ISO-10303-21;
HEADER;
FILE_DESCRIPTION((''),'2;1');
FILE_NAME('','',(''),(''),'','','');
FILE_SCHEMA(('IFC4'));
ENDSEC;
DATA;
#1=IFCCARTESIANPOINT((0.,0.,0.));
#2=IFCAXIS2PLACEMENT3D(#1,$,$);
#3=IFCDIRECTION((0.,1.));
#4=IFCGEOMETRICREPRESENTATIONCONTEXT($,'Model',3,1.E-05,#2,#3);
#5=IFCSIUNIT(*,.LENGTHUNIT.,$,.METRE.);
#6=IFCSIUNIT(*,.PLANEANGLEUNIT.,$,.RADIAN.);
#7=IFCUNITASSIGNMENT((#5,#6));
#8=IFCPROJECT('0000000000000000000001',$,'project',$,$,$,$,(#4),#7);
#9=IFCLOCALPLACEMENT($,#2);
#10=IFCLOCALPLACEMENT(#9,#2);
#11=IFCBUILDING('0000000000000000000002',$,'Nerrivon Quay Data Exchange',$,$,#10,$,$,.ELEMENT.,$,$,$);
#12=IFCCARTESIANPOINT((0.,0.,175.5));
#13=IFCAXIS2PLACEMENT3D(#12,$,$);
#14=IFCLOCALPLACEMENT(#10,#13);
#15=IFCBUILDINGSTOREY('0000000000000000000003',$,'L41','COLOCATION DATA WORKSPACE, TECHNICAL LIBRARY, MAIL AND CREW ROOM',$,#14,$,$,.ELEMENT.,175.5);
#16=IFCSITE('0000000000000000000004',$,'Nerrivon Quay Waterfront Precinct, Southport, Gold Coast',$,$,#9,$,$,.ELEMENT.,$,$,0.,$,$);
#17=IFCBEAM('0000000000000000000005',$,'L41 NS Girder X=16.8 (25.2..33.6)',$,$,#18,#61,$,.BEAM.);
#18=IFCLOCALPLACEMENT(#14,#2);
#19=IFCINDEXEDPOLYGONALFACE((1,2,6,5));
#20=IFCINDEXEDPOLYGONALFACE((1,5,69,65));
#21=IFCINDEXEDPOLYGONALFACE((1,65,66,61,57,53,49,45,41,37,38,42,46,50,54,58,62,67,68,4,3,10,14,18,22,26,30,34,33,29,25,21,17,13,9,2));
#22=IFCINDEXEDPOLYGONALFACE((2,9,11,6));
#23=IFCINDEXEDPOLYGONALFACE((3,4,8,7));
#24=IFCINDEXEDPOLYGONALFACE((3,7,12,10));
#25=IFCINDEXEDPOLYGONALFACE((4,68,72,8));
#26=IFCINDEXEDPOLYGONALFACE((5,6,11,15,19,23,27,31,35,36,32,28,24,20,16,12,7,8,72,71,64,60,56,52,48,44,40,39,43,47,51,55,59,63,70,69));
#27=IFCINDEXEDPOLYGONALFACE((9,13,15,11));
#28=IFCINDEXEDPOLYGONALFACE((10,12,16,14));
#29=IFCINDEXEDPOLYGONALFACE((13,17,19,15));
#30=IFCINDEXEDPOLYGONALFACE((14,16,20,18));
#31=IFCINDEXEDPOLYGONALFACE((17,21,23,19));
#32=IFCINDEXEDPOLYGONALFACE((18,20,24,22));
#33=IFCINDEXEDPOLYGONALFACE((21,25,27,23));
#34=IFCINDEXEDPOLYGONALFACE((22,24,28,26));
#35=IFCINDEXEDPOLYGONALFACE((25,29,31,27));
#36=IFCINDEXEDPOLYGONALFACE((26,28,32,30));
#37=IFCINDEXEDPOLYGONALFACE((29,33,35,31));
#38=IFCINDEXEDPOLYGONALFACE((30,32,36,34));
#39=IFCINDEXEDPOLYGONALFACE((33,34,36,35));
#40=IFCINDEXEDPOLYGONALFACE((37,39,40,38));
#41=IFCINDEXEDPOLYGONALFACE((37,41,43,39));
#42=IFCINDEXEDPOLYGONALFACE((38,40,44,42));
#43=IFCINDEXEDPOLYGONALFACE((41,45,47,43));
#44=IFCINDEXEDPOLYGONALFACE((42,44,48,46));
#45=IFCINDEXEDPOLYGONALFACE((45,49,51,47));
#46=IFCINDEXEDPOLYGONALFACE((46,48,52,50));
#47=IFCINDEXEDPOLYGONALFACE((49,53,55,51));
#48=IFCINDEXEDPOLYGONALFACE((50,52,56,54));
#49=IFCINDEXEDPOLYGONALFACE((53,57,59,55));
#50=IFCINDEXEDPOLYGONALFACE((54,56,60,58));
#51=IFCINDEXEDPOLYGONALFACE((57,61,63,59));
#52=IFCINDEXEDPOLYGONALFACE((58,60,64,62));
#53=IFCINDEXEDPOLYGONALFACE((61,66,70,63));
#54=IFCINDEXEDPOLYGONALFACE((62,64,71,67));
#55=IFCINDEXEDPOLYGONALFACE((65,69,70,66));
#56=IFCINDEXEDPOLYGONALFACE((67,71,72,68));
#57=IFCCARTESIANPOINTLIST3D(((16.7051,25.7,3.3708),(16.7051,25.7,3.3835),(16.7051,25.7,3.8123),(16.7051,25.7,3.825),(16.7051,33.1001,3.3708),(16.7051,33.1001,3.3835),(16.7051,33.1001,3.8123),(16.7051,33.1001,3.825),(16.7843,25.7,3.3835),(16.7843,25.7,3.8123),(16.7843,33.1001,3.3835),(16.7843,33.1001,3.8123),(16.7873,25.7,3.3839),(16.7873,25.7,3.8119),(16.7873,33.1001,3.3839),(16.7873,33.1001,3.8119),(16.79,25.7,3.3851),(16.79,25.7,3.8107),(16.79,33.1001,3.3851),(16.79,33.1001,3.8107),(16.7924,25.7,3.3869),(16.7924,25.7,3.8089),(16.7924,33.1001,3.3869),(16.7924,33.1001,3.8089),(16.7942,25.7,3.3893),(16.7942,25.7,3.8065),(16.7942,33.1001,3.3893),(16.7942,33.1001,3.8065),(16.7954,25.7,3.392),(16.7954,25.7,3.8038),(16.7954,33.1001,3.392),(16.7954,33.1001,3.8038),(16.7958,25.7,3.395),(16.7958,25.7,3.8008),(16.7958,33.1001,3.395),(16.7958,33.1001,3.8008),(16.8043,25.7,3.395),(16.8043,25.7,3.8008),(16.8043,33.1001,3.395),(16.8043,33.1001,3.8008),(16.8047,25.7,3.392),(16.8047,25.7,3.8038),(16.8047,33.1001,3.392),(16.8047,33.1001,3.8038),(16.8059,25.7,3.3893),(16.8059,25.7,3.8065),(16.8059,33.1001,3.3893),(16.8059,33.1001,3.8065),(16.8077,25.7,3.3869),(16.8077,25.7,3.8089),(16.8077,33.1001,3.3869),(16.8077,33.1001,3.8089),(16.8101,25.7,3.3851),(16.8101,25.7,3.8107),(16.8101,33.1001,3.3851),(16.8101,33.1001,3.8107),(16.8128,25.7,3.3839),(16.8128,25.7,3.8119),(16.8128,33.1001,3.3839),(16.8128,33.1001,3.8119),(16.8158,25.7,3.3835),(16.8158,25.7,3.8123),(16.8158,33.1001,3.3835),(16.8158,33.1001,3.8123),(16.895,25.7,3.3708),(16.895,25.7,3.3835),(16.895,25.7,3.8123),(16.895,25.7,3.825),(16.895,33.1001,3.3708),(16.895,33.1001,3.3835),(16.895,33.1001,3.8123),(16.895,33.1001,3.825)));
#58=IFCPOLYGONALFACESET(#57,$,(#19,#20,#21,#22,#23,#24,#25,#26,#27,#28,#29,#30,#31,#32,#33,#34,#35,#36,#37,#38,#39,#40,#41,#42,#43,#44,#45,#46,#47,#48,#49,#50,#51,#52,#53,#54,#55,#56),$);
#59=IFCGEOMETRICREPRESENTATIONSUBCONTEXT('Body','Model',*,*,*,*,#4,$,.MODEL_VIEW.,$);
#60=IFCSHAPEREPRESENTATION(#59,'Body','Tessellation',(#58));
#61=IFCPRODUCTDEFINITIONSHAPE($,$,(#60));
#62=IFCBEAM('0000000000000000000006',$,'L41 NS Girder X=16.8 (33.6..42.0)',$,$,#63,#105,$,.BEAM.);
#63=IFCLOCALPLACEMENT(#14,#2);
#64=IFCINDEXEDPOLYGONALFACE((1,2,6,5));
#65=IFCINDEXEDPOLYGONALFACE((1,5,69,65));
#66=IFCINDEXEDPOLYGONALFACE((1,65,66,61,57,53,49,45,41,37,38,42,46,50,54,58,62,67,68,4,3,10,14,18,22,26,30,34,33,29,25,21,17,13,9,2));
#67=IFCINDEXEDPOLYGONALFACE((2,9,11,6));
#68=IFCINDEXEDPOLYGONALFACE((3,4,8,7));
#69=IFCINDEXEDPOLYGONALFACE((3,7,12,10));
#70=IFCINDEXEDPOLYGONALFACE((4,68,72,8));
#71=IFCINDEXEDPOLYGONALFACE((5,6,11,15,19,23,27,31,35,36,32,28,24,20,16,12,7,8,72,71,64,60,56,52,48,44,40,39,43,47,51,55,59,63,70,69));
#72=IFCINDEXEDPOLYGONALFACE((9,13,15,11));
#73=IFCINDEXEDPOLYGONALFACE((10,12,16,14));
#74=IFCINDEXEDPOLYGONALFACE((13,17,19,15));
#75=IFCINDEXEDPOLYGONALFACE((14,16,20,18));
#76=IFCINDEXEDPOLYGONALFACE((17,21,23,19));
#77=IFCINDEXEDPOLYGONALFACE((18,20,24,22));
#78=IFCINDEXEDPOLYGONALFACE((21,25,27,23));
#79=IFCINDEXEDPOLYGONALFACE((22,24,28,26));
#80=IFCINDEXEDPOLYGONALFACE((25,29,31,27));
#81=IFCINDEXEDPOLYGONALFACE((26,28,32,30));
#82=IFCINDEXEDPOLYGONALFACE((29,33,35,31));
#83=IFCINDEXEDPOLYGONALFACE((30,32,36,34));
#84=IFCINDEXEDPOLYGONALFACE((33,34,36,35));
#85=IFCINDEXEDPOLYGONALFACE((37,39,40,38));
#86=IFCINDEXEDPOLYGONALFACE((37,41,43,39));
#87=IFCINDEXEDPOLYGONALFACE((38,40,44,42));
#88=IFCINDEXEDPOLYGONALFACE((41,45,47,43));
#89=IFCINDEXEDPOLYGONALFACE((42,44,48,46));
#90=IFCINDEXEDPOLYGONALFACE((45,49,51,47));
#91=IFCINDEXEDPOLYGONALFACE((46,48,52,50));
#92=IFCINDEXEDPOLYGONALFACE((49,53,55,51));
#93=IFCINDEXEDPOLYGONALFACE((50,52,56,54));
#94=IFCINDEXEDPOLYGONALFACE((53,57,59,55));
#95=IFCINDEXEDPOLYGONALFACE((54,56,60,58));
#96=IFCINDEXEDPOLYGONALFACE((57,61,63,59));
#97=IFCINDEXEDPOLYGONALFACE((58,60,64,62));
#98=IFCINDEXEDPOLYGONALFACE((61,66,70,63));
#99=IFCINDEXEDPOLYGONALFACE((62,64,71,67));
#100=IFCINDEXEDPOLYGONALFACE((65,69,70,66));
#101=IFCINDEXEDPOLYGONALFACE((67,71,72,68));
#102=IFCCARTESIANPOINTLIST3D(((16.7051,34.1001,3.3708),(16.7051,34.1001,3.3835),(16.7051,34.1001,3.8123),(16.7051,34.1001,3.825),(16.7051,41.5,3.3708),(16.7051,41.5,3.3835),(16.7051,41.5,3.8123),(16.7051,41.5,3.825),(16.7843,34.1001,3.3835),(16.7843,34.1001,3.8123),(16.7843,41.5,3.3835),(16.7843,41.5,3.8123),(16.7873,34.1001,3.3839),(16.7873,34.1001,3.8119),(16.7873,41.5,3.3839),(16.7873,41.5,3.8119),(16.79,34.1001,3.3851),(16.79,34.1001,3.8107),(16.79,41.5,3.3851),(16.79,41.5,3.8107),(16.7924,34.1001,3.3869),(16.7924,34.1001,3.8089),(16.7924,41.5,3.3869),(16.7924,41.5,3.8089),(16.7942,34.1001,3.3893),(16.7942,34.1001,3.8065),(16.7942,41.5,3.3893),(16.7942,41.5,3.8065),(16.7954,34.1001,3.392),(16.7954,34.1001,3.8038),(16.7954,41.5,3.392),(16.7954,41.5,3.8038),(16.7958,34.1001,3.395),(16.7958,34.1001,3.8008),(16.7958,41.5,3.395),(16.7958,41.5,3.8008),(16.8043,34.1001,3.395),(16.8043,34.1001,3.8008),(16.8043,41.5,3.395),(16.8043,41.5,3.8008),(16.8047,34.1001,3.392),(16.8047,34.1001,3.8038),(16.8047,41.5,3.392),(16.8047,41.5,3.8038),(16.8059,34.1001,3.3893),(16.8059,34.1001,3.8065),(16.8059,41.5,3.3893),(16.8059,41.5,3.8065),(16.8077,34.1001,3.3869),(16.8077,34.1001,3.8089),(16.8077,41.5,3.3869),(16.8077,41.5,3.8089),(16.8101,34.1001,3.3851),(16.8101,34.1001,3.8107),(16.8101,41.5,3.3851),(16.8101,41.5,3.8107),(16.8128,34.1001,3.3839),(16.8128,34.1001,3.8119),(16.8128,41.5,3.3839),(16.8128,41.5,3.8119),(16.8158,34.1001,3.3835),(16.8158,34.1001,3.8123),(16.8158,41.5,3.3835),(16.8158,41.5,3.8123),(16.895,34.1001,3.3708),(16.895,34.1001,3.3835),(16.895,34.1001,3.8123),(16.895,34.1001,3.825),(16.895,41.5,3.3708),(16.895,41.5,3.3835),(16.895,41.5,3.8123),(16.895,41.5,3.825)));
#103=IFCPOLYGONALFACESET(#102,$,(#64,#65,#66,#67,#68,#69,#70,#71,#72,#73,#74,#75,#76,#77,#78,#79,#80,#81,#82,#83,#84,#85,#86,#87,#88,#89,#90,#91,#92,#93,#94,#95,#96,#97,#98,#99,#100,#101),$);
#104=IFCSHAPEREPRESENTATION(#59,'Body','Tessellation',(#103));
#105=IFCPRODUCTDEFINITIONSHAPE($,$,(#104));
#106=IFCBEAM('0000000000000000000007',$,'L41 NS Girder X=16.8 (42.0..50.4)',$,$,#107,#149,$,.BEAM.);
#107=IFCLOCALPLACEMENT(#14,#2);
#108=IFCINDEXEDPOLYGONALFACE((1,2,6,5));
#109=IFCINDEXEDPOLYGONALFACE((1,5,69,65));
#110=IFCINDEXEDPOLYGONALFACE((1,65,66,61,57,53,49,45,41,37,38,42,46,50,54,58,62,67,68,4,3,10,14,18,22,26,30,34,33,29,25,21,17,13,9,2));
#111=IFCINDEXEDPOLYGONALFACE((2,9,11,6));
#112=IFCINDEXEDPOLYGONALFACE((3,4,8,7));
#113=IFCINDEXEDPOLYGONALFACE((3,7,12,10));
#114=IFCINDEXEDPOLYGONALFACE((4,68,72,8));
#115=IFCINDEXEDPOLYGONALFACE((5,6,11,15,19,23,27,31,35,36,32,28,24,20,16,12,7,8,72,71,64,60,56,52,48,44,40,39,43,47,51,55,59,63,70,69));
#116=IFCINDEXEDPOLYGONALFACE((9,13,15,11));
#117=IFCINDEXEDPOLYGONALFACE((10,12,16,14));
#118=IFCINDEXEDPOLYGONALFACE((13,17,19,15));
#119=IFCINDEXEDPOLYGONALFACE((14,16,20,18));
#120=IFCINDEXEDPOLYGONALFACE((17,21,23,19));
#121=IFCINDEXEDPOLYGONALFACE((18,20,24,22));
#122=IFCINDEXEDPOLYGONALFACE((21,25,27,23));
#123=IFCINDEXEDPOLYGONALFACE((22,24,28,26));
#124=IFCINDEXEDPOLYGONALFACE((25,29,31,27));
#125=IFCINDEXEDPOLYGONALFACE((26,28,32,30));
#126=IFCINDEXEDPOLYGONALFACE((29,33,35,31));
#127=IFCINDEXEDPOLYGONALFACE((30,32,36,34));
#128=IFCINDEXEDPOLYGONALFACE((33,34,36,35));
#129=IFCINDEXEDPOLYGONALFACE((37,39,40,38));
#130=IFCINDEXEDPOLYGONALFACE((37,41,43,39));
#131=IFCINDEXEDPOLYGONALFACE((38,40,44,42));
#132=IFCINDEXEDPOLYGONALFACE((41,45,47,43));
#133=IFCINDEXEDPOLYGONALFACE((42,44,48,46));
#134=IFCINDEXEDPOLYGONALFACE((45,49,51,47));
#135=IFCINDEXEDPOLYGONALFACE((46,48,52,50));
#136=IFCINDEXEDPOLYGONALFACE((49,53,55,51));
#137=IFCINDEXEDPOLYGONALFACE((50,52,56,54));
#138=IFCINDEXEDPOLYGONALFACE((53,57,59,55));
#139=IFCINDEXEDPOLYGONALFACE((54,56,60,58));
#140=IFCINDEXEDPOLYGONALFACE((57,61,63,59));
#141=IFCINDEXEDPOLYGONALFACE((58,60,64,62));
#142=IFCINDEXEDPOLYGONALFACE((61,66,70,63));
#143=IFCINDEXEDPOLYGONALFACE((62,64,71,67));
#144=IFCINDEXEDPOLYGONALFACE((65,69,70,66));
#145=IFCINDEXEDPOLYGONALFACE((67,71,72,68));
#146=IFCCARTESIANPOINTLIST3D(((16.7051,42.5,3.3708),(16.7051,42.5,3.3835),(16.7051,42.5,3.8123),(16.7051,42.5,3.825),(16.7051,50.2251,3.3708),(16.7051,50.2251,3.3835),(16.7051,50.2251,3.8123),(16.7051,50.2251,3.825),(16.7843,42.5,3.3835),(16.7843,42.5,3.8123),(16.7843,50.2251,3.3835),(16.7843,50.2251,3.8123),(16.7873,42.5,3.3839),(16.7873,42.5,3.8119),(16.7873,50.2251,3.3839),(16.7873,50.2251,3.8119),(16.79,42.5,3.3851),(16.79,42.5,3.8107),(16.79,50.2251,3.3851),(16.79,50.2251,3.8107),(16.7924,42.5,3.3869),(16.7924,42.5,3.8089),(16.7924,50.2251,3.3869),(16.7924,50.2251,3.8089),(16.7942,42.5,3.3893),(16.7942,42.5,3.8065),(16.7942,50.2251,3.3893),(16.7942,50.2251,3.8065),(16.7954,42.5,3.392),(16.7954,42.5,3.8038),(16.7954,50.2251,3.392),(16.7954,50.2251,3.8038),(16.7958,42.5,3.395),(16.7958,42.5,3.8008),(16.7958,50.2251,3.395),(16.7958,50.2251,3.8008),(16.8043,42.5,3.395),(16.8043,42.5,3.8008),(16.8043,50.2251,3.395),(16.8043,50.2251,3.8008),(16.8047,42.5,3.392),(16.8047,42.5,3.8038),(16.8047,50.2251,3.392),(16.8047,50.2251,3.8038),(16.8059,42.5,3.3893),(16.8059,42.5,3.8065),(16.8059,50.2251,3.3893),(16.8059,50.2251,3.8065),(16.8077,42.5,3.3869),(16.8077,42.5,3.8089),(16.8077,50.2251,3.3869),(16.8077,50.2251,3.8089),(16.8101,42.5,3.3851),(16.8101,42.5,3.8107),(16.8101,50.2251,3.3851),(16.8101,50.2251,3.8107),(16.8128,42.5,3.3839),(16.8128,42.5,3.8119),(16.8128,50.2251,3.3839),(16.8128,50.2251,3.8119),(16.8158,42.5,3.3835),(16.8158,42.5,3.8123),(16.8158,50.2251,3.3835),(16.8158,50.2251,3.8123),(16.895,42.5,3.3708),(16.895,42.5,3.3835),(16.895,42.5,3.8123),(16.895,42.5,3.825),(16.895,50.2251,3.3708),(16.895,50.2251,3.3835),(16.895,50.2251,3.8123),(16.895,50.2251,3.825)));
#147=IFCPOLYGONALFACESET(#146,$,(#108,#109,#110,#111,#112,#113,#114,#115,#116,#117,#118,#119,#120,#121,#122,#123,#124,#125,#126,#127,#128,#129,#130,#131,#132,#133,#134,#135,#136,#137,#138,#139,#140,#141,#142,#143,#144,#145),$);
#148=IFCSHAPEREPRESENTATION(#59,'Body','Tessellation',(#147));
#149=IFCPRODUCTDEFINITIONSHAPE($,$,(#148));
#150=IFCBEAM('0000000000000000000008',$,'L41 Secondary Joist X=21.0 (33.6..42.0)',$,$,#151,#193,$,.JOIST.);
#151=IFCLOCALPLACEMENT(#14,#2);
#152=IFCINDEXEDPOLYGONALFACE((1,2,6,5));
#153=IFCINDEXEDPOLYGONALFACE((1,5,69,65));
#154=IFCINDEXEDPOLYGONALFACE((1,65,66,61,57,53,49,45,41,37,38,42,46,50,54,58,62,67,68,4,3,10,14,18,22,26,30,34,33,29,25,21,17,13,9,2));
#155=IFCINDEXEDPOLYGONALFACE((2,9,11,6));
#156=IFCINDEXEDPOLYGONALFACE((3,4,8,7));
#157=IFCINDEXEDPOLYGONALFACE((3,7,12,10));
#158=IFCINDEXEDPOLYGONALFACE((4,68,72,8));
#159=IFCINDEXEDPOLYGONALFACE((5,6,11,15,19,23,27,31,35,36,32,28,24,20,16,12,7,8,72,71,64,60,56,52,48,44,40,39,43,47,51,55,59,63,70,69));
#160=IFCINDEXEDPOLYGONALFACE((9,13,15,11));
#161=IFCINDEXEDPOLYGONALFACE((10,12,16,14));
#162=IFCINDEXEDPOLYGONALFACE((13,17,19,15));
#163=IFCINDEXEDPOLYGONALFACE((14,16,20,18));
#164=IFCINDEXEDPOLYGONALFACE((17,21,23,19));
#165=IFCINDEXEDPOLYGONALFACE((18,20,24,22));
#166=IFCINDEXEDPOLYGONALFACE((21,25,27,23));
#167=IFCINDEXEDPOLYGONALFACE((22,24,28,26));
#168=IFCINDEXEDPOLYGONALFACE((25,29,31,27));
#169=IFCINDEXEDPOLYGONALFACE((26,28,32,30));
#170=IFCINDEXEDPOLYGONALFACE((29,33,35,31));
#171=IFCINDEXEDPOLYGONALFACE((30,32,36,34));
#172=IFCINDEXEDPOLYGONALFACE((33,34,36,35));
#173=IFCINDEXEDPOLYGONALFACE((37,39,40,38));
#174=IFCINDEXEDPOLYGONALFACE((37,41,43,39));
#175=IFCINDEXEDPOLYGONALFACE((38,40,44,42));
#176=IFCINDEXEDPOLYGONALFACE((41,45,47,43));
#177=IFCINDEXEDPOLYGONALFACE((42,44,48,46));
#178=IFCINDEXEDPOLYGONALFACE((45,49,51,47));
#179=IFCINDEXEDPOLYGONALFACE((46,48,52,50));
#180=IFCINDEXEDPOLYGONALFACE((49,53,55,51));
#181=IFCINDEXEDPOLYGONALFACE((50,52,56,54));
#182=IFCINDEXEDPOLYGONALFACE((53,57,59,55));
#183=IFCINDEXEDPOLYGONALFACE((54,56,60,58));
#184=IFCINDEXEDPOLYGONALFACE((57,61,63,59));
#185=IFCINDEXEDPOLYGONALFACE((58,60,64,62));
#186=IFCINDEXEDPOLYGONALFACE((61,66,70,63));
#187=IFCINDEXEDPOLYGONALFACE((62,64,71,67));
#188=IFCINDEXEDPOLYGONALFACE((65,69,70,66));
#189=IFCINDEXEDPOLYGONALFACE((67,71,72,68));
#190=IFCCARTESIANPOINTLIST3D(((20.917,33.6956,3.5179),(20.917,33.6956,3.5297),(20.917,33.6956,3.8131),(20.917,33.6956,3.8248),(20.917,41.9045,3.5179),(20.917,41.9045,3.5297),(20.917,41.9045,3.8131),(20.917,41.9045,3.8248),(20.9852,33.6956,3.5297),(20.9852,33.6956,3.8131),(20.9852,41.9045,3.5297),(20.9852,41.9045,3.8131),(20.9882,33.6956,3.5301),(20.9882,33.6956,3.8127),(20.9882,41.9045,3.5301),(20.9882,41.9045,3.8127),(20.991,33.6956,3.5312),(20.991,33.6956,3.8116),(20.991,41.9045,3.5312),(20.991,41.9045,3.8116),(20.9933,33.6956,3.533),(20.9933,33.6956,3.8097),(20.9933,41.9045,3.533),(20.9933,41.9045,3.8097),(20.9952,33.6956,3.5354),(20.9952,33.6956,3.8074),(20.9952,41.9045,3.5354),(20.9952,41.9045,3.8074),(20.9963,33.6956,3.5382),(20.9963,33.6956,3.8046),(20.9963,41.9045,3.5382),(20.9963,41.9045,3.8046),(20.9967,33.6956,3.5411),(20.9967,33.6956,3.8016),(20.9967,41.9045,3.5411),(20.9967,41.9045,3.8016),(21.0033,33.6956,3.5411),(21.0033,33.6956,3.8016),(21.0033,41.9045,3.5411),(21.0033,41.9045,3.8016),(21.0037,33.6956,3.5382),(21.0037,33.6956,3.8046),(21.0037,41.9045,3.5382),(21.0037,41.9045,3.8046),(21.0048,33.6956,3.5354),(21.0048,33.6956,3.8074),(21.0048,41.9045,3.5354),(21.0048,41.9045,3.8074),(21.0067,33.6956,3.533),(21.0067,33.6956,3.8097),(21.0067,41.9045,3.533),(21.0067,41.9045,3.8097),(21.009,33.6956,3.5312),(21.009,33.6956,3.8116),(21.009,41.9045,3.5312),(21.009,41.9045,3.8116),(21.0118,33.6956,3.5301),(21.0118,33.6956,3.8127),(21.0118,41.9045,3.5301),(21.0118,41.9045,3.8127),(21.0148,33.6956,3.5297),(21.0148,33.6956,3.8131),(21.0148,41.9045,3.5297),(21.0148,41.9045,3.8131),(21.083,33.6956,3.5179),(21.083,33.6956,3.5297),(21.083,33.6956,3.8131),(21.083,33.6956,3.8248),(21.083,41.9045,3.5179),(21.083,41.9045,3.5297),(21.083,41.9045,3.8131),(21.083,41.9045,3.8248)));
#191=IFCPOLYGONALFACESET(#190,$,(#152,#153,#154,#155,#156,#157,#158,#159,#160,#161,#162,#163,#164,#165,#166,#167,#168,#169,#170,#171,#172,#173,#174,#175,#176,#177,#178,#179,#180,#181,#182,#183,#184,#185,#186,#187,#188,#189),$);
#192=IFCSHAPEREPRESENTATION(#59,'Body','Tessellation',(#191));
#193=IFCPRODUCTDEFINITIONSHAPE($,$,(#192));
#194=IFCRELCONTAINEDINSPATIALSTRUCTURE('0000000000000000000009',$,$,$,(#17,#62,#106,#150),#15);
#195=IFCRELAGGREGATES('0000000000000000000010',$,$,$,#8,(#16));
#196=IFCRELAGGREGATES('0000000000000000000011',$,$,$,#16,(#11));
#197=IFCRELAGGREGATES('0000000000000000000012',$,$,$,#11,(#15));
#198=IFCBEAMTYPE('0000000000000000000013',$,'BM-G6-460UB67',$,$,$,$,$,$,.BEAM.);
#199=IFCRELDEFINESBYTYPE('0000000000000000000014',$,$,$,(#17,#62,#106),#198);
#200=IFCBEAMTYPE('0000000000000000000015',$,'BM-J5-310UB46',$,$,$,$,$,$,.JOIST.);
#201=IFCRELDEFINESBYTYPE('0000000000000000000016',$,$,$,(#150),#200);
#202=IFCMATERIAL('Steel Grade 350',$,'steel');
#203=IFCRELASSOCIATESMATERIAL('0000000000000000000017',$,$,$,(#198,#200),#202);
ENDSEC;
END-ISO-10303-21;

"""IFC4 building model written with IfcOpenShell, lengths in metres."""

from ifc_helpers import new_model, si_unit, direction, frame, origin, origin_2d, place, context, subcontext, project, spatial, i_section, extrude, material, material_profile, profile_set, type_object, element, save


model = new_model("IFC4")

# Units and contexts
model_context = context("Model", 3, precision=1e-05, world=origin(), true_north=direction((0.0, 1.0)))
body_context = subcontext(model_context, "Body", "Model", "MODEL_VIEW")
ifc_project = project(units=[si_unit("LENGTHUNIT", "METRE"), si_unit("PLANEANGLEUNIT", "RADIAN")], contexts=[model_context])

# Site, building, storey
site_placement = place(None, origin())
site = spatial("IfcSite", under=ifc_project, at=site_placement, Name="Nerrivon Quay Waterfront Precinct, Southport, Gold Coast", CompositionType="ELEMENT", RefElevation=0.0)
building_placement = place(site_placement, origin())
building = spatial("IfcBuilding", under=site, at=building_placement, Name="Nerrivon Quay Data Exchange", CompositionType="ELEMENT")
storey_placement = place(building_placement, frame((0.0, 0.0, 175.5)))
storey = spatial("IfcBuildingStorey", under=building, at=storey_placement, Name="L41", Description="COLOCATION DATA WORKSPACE, TECHNICAL LIBRARY, MAIL AND CREW ROOM", CompositionType="ELEMENT", Elevation=175.5)

# Shared definitions
ifc_material_1 = material(Name="Steel Grade 350", Category="steel")

# Beams
ifc_material_profile_1 = material_profile(ifc_material_1, i_section(OverallWidth=0.1899, OverallDepth=0.4541, WebThickness=0.0085, FlangeThickness=0.0127, FilletRadius=0.0115, at=origin_2d()), Name="460UB67.1")
ifc_profile_set_1 = profile_set([ifc_material_profile_1], Name="Steel Grade 350")
beam_type_1 = type_object("IfcBeamType", Name="BM-G6-460UB67", PredefinedType="BEAM", material=ifc_profile_set_1)
beam_1_placement = place(storey_placement, frame((16.8, 25.7, 3.5979), z_axis=(0.0, 1.0, 0.0), x_axis=(-1.0, 0.0, 0.0)))
element("IfcBeam", 1, at=beam_1_placement, inside=storey, type_object=beam_type_1, Name="L41 NS Girder X=16.8 (25.2..33.6)", PredefinedType="BEAM", context=body_context, shape_type="SweptSolid", body=[
    extrude(i_section(OverallWidth=0.1899, OverallDepth=0.4541, WebThickness=0.0085, FlangeThickness=0.0127, FilletRadius=0.0115, at=origin_2d()), origin(), (0.0, 0.0, 1.0), 7.4001),
])
beam_2_placement = place(storey_placement, frame((16.8, 34.1001, 3.5979), z_axis=(0.0, 1.0, 0.0), x_axis=(-1.0, 0.0, 0.0)))
element("IfcBeam", 2, at=beam_2_placement, inside=storey, type_object=beam_type_1, Name="L41 NS Girder X=16.8 (33.6..42.0)", PredefinedType="BEAM", context=body_context, shape_type="SweptSolid", body=[
    extrude(i_section(OverallWidth=0.1899, OverallDepth=0.4541, WebThickness=0.0085, FlangeThickness=0.0127, FilletRadius=0.0115, at=origin_2d()), origin(), (0.0, 0.0, 1.0), 7.3999),
])
beam_3_placement = place(storey_placement, frame((16.8, 42.5, 3.5979), z_axis=(0.0, 1.0, 0.0), x_axis=(-1.0, 0.0, 0.0)))
element("IfcBeam", 3, at=beam_3_placement, inside=storey, type_object=beam_type_1, Name="L41 NS Girder X=16.8 (42.0..50.4)", PredefinedType="BEAM", context=body_context, shape_type="SweptSolid", body=[
    extrude(i_section(OverallWidth=0.1899, OverallDepth=0.4541, WebThickness=0.0085, FlangeThickness=0.0127, FilletRadius=0.0115, at=origin_2d()), origin(), (0.0, 0.0, 1.0), 7.7251),
])
ifc_material_profile_2 = material_profile(ifc_material_1, i_section(OverallWidth=0.166, OverallDepth=0.3069, WebThickness=0.0066, FlangeThickness=0.0117, FilletRadius=0.0115, at=origin_2d()), Name="310UB46.2")
ifc_profile_set_2 = profile_set([ifc_material_profile_2], Name="Steel Grade 350")
beam_type_2 = type_object("IfcBeamType", Name="BM-J5-310UB46", PredefinedType="JOIST", material=ifc_profile_set_2)
beam_4_placement = place(storey_placement, frame((21.0, 33.6956, 3.6714), z_axis=(0.0, 1.0, 0.0), x_axis=(-1.0, 0.0, 0.0)))
element("IfcBeam", 4, at=beam_4_placement, inside=storey, type_object=beam_type_2, Name="L41 Secondary Joist X=21.0 (33.6..42.0)", PredefinedType="JOIST", context=body_context, shape_type="SweptSolid", body=[
    extrude(i_section(OverallWidth=0.166, OverallDepth=0.3069, WebThickness=0.0066, FlangeThickness=0.0117, FilletRadius=0.0115, at=origin_2d()), origin(), (0.0, 0.0, 1.0), 8.209),
])

save(model, "model.ifc")
